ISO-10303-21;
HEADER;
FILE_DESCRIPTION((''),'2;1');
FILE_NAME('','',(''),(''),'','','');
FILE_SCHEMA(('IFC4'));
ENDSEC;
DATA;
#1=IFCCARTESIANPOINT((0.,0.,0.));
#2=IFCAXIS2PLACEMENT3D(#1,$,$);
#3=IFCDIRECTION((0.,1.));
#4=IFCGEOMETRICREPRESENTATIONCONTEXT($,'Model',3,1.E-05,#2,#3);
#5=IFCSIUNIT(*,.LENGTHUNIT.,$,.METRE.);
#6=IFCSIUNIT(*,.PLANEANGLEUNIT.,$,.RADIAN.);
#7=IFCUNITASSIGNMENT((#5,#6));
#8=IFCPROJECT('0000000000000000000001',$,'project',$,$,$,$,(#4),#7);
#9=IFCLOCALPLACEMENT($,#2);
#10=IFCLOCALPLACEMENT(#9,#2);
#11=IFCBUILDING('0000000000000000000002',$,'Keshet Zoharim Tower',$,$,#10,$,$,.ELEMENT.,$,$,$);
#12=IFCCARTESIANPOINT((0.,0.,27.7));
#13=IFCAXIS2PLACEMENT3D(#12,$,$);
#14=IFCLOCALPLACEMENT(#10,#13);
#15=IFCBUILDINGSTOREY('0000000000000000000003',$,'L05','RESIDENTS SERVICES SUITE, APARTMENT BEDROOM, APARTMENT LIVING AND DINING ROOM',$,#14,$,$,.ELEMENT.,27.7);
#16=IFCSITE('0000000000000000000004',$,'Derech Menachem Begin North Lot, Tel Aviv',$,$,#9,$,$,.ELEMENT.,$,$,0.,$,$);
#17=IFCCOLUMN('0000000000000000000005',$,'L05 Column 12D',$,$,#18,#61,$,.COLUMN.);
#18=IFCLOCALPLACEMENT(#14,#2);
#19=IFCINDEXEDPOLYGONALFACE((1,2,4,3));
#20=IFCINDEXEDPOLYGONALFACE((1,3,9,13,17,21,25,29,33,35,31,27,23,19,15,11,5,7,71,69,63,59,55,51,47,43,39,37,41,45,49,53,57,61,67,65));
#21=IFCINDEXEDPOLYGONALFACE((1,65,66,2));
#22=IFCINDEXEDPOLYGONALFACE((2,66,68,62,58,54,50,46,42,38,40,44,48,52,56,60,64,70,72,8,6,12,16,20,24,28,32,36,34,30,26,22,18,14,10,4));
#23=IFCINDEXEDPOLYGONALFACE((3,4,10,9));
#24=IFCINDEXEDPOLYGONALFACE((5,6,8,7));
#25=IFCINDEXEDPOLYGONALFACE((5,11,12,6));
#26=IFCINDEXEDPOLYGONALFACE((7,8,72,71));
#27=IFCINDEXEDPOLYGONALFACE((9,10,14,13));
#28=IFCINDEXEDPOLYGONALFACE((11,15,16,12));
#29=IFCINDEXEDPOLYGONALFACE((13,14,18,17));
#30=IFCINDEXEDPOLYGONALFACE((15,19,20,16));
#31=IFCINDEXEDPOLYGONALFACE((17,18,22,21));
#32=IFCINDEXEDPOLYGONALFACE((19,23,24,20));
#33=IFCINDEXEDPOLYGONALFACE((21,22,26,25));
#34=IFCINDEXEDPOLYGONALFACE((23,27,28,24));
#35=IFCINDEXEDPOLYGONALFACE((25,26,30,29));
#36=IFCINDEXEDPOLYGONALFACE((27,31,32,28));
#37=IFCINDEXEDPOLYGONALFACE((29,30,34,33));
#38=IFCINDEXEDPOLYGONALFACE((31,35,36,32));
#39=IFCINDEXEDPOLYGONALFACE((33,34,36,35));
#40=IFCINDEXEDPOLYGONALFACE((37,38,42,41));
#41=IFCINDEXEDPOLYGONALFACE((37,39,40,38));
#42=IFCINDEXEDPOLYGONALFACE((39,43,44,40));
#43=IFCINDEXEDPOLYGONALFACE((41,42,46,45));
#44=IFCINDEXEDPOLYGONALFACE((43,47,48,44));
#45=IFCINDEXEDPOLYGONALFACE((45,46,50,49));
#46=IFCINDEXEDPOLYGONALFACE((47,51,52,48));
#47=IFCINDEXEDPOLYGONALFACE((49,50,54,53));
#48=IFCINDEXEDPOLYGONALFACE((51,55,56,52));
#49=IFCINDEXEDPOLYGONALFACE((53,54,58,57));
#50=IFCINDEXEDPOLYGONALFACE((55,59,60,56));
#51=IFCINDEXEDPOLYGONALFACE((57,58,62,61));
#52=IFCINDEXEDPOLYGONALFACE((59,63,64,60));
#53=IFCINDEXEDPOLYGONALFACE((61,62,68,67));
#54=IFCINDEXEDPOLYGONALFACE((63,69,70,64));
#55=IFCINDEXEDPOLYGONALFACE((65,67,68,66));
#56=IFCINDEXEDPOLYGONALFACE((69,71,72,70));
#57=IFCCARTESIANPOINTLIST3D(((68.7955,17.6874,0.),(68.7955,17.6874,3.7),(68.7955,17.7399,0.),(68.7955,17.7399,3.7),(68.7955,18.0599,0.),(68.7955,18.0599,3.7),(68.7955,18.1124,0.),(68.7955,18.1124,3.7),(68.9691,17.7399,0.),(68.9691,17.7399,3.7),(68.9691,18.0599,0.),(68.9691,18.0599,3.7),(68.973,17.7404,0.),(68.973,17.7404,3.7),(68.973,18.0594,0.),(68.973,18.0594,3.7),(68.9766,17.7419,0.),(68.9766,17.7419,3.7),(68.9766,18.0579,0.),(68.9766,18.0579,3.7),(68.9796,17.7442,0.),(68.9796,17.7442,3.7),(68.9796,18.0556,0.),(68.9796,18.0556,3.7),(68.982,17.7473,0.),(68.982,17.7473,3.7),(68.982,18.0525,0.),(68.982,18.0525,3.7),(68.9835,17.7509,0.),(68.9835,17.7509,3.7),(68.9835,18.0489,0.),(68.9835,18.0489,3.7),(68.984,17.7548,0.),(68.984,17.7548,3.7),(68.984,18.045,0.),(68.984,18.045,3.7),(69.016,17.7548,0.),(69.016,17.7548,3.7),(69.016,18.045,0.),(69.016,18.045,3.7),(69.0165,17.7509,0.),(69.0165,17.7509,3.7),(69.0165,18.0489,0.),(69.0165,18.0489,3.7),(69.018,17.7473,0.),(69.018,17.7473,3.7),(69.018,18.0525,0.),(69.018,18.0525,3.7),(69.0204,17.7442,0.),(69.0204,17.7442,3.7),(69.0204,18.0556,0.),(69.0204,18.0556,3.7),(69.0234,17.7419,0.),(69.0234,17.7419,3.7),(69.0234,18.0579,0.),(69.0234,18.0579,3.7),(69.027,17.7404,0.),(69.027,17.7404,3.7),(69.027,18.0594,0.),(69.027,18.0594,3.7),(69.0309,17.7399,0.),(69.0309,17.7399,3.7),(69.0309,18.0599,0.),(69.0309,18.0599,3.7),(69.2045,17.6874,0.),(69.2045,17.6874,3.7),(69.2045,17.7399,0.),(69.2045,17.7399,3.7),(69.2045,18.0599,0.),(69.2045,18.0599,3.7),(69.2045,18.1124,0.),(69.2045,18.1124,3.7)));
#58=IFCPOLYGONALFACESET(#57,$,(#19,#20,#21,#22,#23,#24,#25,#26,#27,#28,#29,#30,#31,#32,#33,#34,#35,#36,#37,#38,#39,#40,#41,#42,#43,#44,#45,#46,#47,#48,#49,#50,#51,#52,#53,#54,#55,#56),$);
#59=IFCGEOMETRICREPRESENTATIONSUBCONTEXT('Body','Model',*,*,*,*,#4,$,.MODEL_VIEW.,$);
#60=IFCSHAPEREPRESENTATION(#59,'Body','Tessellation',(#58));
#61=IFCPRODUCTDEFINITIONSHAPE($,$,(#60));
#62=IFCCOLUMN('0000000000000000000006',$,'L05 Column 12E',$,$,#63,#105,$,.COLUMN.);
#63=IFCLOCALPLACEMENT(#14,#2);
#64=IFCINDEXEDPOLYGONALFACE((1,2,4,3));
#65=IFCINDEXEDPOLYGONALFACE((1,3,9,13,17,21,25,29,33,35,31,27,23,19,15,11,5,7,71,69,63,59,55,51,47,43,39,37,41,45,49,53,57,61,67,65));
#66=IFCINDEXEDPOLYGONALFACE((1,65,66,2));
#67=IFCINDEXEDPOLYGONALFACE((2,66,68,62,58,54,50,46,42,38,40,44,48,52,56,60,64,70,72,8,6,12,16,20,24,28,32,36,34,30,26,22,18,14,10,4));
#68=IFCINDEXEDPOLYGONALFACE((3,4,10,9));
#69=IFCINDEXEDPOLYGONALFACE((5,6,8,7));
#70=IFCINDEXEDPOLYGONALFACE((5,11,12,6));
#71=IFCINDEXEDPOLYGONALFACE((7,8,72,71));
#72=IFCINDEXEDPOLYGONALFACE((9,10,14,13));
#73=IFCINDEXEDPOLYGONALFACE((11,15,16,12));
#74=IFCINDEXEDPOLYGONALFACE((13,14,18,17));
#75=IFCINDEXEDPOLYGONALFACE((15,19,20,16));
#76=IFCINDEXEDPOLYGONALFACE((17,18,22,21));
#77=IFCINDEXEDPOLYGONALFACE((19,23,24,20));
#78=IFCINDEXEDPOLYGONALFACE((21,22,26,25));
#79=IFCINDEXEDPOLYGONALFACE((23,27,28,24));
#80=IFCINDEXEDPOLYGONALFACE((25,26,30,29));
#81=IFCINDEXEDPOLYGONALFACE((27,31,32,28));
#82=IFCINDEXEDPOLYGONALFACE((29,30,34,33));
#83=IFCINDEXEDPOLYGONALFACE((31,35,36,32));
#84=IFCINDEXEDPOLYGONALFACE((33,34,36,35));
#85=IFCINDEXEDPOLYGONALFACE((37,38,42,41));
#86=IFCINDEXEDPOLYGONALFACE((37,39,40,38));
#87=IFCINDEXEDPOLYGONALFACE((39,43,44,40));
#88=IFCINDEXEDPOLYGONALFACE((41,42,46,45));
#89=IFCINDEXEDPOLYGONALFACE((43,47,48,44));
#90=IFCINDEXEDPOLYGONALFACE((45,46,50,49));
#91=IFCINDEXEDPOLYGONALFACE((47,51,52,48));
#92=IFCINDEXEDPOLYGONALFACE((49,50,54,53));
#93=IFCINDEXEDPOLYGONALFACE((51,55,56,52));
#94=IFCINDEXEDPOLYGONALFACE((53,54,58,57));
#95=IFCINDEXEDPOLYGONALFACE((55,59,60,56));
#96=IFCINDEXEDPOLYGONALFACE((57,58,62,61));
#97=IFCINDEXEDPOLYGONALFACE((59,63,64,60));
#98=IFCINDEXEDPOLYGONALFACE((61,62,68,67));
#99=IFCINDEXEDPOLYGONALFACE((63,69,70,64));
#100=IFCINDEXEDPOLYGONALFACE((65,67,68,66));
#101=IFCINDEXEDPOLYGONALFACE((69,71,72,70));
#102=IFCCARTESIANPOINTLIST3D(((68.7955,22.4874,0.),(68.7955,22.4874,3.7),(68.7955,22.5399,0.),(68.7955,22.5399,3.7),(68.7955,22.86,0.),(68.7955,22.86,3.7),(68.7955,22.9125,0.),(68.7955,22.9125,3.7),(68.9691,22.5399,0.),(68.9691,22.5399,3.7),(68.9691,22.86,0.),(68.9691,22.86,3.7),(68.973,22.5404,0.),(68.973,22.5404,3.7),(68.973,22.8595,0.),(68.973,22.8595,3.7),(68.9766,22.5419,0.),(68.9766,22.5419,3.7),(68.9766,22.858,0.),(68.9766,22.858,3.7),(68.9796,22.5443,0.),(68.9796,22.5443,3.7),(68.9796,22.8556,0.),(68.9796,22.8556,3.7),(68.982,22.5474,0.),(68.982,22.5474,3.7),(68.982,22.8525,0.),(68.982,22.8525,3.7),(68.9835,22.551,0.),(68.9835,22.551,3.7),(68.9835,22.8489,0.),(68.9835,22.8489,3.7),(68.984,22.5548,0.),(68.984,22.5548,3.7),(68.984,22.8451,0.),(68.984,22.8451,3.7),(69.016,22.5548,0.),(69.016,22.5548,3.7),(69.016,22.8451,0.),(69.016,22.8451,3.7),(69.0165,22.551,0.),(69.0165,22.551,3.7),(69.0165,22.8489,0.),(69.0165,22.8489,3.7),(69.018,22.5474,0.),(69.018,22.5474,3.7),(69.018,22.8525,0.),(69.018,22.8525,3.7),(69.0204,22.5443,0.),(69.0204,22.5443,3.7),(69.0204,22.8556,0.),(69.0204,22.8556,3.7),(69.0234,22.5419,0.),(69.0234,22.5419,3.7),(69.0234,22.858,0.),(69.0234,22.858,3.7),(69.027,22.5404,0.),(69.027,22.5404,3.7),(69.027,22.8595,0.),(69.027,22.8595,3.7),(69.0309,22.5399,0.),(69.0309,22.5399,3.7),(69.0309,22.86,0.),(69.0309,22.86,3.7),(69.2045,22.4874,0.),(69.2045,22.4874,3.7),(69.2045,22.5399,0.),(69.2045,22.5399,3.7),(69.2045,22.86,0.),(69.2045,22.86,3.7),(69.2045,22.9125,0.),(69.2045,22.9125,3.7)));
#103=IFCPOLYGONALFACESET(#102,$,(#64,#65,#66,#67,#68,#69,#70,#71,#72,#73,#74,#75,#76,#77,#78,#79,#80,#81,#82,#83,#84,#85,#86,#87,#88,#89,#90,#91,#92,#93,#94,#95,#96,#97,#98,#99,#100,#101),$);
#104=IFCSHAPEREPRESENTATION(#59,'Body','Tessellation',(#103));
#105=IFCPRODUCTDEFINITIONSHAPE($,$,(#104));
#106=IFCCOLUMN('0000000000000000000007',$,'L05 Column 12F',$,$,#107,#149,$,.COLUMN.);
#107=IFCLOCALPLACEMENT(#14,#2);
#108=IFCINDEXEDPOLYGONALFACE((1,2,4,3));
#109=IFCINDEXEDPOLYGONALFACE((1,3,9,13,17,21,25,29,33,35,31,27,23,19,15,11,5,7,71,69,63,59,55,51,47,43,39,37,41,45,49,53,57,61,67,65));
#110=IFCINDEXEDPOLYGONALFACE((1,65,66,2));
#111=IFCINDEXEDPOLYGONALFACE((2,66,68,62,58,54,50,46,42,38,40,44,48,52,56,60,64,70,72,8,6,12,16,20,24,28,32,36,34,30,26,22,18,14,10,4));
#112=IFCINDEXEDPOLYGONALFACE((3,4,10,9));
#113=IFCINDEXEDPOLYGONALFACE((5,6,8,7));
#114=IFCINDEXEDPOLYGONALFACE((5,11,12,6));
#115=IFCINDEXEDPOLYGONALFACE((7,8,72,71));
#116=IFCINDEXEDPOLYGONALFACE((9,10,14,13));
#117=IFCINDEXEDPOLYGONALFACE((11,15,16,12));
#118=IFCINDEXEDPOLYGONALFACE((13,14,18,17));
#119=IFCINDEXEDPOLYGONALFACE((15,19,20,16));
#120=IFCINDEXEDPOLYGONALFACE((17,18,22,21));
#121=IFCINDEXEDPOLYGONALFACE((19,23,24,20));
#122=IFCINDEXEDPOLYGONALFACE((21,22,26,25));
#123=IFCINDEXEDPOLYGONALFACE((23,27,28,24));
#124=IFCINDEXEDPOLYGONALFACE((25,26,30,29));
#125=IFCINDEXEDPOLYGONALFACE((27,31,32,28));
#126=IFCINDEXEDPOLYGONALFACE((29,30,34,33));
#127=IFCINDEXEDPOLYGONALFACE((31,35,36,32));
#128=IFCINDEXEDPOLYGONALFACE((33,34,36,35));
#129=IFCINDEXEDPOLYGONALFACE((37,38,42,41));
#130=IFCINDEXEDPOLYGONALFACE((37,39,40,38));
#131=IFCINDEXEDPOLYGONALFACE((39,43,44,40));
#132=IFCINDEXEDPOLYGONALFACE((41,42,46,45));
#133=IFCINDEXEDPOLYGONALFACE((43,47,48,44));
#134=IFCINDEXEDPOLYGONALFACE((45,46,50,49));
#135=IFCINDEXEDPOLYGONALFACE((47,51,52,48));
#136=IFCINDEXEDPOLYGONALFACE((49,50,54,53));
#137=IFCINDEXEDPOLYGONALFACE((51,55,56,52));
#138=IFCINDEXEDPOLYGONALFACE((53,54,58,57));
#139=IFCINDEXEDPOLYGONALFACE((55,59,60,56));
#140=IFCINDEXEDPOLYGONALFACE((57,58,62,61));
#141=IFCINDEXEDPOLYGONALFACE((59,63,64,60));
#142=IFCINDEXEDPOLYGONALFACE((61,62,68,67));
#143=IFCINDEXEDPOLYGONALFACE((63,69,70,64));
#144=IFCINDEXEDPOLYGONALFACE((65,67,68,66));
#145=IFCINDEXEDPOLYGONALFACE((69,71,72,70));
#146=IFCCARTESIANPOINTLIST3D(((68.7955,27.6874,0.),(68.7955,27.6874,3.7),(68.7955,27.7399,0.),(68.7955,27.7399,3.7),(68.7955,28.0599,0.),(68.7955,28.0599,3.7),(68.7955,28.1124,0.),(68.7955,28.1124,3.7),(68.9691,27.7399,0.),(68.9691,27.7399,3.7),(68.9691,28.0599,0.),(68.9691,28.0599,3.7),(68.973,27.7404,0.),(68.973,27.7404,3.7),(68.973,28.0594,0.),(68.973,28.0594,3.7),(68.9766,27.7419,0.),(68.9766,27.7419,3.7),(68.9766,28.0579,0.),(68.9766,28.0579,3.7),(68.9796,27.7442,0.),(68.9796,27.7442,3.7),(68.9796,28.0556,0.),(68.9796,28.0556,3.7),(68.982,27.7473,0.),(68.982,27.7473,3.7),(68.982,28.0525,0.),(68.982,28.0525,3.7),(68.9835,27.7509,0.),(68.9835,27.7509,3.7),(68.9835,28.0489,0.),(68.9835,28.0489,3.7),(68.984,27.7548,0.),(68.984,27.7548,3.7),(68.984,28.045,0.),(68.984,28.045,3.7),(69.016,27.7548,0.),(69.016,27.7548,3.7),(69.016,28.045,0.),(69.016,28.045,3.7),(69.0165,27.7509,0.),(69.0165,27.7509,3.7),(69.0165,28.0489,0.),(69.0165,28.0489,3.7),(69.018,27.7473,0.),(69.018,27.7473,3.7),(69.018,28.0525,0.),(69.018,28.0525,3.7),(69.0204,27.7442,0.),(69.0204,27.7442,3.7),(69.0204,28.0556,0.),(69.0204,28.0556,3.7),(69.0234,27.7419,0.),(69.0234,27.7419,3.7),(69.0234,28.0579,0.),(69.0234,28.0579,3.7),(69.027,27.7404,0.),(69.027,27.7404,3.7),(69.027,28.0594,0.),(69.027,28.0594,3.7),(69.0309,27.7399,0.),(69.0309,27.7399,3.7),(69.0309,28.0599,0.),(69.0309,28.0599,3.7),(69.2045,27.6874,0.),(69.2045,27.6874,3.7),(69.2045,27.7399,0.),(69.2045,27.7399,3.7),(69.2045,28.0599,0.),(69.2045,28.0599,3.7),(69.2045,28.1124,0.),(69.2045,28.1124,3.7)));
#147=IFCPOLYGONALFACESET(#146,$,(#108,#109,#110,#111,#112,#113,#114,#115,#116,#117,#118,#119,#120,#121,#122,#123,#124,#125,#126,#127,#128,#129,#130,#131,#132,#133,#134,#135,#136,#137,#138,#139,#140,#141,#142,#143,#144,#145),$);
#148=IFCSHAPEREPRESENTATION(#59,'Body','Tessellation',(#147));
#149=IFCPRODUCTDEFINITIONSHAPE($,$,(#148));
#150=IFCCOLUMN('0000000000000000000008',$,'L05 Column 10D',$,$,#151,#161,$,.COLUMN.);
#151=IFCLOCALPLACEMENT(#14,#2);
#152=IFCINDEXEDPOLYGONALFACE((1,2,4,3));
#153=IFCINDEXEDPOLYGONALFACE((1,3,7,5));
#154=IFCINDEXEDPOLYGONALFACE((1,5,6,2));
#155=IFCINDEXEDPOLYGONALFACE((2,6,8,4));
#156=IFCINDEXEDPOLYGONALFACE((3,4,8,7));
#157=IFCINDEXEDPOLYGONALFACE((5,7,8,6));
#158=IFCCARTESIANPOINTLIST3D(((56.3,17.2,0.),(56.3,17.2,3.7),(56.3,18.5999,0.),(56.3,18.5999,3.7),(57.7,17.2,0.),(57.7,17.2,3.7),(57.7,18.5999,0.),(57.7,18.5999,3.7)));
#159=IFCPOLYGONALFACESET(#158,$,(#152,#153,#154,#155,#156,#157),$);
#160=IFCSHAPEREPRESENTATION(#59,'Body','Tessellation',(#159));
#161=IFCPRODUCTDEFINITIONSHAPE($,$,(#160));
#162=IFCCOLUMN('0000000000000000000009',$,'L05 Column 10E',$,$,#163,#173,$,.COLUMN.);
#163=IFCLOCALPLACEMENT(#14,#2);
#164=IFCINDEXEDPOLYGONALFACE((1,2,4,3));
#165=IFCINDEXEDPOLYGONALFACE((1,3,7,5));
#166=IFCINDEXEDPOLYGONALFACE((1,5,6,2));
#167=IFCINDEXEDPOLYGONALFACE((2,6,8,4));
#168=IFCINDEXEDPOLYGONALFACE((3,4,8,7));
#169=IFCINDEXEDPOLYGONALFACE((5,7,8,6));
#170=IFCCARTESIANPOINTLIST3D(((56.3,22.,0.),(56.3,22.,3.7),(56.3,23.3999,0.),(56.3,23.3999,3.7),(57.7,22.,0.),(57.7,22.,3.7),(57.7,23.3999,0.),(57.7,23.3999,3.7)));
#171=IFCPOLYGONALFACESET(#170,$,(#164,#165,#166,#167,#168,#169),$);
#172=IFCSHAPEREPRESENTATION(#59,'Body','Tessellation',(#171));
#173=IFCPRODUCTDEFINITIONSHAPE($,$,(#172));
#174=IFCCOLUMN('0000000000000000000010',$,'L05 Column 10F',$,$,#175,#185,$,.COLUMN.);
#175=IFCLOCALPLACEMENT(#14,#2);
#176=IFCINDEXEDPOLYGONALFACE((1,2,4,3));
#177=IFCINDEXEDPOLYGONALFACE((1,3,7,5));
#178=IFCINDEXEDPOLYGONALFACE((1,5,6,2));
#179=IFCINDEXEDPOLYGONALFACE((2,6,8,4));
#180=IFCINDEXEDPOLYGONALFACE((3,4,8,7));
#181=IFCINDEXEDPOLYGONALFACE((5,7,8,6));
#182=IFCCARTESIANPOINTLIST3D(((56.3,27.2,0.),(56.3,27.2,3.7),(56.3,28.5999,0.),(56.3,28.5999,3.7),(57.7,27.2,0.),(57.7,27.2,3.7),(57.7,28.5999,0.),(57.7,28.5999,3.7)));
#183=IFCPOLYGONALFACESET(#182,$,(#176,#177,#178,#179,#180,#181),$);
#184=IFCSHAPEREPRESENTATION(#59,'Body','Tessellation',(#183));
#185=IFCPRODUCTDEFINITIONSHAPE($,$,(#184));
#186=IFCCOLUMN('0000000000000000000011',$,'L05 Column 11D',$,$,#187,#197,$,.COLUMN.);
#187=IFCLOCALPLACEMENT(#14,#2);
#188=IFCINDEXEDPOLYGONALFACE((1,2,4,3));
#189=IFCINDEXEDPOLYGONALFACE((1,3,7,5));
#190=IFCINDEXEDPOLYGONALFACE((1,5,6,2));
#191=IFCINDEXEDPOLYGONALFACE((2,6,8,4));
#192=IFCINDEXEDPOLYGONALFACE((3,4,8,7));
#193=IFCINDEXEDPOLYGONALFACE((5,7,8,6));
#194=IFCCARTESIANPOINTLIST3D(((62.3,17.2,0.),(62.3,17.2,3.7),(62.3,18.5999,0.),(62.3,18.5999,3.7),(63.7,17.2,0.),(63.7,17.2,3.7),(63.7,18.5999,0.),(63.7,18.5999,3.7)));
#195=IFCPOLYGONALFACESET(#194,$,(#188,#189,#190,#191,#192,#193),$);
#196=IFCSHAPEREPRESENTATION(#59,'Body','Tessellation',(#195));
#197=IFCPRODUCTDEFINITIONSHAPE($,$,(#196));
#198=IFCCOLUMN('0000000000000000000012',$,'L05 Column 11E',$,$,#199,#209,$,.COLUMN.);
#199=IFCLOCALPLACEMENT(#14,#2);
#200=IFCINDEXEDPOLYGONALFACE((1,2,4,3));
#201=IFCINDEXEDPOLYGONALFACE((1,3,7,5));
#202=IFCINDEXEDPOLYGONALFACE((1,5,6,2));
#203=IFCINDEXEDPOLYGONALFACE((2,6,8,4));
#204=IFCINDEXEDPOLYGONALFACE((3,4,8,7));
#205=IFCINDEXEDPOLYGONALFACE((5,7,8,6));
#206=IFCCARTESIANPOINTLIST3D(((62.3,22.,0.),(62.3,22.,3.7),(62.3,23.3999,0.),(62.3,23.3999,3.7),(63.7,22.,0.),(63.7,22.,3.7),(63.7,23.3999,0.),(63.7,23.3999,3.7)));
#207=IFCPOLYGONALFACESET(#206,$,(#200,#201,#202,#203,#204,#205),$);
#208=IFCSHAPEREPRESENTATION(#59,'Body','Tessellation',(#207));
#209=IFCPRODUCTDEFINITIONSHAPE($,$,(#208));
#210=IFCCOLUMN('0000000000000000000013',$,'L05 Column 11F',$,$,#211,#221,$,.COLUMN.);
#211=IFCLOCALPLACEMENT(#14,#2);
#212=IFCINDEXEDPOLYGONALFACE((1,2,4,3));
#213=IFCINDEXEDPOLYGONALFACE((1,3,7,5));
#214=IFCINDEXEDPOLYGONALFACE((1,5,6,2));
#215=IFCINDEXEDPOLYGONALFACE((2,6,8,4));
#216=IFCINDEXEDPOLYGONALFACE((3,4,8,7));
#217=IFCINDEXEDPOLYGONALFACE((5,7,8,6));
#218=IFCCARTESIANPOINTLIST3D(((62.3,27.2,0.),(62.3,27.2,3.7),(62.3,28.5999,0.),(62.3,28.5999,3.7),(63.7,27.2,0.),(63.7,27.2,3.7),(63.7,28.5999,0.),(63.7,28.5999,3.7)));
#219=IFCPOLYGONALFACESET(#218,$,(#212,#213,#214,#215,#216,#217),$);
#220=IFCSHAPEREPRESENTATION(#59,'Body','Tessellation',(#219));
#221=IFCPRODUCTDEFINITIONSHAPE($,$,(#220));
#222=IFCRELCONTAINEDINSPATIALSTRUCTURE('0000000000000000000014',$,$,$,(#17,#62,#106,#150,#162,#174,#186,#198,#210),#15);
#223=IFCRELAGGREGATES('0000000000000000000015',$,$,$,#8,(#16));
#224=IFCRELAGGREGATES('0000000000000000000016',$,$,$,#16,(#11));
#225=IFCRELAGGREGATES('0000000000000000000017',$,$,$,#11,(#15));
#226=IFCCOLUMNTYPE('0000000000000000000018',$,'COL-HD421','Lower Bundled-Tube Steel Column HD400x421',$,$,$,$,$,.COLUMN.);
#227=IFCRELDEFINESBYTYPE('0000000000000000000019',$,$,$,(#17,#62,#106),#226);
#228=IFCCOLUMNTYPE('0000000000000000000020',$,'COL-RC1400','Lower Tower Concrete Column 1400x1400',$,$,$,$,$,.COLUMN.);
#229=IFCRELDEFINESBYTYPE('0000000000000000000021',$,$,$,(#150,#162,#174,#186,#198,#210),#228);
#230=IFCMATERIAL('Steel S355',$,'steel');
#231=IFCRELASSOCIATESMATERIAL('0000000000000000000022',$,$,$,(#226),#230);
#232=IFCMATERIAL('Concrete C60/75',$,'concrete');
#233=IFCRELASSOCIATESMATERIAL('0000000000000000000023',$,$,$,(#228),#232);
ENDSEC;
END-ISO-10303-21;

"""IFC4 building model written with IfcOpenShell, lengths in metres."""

from ifc_helpers import new_model, si_unit, direction, frame, origin, origin_2d, place, context, subcontext, project, spatial, rectangle, i_section, extrude, material, material_profile, profile_set, type_object, element, save


model = new_model("IFC4")

# Units and contexts
model_context = context("Model", 3, precision=1e-05, world=origin(), true_north=direction((0.0, 1.0)))
body_context = subcontext(model_context, "Body", "Model", "MODEL_VIEW")
ifc_project = project(units=[si_unit("LENGTHUNIT", "METRE"), si_unit("PLANEANGLEUNIT", "RADIAN")], contexts=[model_context])

# Site, building, storey
site_placement = place(None, origin())
site = spatial("IfcSite", under=ifc_project, at=site_placement, Name="Derech Menachem Begin North Lot, Tel Aviv", CompositionType="ELEMENT", RefElevation=0.0)
building_placement = place(site_placement, origin())
building = spatial("IfcBuilding", under=site, at=building_placement, Name="Keshet Zoharim Tower", CompositionType="ELEMENT")
storey_placement = place(building_placement, frame((0.0, 0.0, 27.7)))
storey = spatial("IfcBuildingStorey", under=building, at=storey_placement, Name="L05", Description="RESIDENTS SERVICES SUITE, APARTMENT BEDROOM, APARTMENT LIVING AND DINING ROOM", CompositionType="ELEMENT", Elevation=27.7)

# Columns
ifc_material_1 = material(Name="Steel S355", Category="steel")
ifc_material_profile_1 = material_profile(ifc_material_1, i_section(OverallWidth=0.4089, OverallDepth=0.425, WebThickness=0.032, FlangeThickness=0.0525, FilletRadius=0.0149, at=origin_2d()), Name="HD400x421")
ifc_profile_set_1 = profile_set([ifc_material_profile_1], Name="Steel S355")
column_type_1 = type_object("IfcColumnType", Name="COL-HD421", Description="Lower Bundled-Tube Steel Column HD400x421", PredefinedType="COLUMN", material=ifc_profile_set_1)
for number, where, z_axis, x_axis, name in (
    (1, (69.0, 17.8999, 0.0), (0.0, 0.0, 1.0), (1.0, 0.0, 0.0), "L05 Column 12D"),
    (2, (69.0, 22.7, 0.0), (0.0, 0.0, 1.0), (1.0, 0.0, 0.0), "L05 Column 12E"),
    (3, (69.0, 27.8999, 0.0), (0.0, 0.0, 1.0), (1.0, 0.0, 0.0), "L05 Column 12F"),
):
    element("IfcColumn", number, at=place(storey_placement, frame(where, z_axis=z_axis, x_axis=x_axis)), inside=storey, type_object=column_type_1, Name=name, PredefinedType="COLUMN", context=body_context, shape_type="SweptSolid", body=[
        extrude(i_section(OverallWidth=0.4089, OverallDepth=0.425, WebThickness=0.032, FlangeThickness=0.0525, FilletRadius=0.0149, at=origin_2d()), origin(), (0.0, 0.0, 1.0), 3.7),
    ])
ifc_material_2 = material(Name="Concrete C60/75", Category="concrete")
ifc_material_profile_2 = material_profile(ifc_material_2, rectangle(XDim=1.3999, YDim=1.3999, at=origin_2d()), Name="RC1400x1400")
ifc_profile_set_2 = profile_set([ifc_material_profile_2], Name="Concrete C60/75")
column_type_2 = type_object("IfcColumnType", Name="COL-RC1400", Description="Lower Tower Concrete Column 1400x1400", PredefinedType="COLUMN", material=ifc_profile_set_2)
for number, where, z_axis, x_axis, name in (
    (4, (57.0, 17.8999, 0.0), (0.0, 0.0, 1.0), (1.0, 0.0, 0.0), "L05 Column 10D"),
    (5, (57.0, 22.7, 0.0), (0.0, 0.0, 1.0), (1.0, 0.0, 0.0), "L05 Column 10E"),
    (6, (57.0, 27.8999, 0.0), (0.0, 0.0, 1.0), (1.0, 0.0, 0.0), "L05 Column 10F"),
    (7, (63.0, 17.8999, 0.0), (0.0, 0.0, 1.0), (1.0, 0.0, 0.0), "L05 Column 11D"),
    (8, (63.0, 22.7, 0.0), (0.0, 0.0, 1.0), (1.0, 0.0, 0.0), "L05 Column 11E"),
    (9, (63.0, 27.8999, 0.0), (0.0, 0.0, 1.0), (1.0, 0.0, 0.0), "L05 Column 11F"),
):
    element("IfcColumn", number, at=place(storey_placement, frame(where, z_axis=z_axis, x_axis=x_axis)), inside=storey, type_object=column_type_2, Name=name, PredefinedType="COLUMN", context=body_context, shape_type="SweptSolid", body=[
        extrude(rectangle(XDim=1.3999, YDim=1.3999, at=origin_2d()), origin(), (0.0, 0.0, 1.0), 3.7),
    ])

save(model, "model.ifc")
